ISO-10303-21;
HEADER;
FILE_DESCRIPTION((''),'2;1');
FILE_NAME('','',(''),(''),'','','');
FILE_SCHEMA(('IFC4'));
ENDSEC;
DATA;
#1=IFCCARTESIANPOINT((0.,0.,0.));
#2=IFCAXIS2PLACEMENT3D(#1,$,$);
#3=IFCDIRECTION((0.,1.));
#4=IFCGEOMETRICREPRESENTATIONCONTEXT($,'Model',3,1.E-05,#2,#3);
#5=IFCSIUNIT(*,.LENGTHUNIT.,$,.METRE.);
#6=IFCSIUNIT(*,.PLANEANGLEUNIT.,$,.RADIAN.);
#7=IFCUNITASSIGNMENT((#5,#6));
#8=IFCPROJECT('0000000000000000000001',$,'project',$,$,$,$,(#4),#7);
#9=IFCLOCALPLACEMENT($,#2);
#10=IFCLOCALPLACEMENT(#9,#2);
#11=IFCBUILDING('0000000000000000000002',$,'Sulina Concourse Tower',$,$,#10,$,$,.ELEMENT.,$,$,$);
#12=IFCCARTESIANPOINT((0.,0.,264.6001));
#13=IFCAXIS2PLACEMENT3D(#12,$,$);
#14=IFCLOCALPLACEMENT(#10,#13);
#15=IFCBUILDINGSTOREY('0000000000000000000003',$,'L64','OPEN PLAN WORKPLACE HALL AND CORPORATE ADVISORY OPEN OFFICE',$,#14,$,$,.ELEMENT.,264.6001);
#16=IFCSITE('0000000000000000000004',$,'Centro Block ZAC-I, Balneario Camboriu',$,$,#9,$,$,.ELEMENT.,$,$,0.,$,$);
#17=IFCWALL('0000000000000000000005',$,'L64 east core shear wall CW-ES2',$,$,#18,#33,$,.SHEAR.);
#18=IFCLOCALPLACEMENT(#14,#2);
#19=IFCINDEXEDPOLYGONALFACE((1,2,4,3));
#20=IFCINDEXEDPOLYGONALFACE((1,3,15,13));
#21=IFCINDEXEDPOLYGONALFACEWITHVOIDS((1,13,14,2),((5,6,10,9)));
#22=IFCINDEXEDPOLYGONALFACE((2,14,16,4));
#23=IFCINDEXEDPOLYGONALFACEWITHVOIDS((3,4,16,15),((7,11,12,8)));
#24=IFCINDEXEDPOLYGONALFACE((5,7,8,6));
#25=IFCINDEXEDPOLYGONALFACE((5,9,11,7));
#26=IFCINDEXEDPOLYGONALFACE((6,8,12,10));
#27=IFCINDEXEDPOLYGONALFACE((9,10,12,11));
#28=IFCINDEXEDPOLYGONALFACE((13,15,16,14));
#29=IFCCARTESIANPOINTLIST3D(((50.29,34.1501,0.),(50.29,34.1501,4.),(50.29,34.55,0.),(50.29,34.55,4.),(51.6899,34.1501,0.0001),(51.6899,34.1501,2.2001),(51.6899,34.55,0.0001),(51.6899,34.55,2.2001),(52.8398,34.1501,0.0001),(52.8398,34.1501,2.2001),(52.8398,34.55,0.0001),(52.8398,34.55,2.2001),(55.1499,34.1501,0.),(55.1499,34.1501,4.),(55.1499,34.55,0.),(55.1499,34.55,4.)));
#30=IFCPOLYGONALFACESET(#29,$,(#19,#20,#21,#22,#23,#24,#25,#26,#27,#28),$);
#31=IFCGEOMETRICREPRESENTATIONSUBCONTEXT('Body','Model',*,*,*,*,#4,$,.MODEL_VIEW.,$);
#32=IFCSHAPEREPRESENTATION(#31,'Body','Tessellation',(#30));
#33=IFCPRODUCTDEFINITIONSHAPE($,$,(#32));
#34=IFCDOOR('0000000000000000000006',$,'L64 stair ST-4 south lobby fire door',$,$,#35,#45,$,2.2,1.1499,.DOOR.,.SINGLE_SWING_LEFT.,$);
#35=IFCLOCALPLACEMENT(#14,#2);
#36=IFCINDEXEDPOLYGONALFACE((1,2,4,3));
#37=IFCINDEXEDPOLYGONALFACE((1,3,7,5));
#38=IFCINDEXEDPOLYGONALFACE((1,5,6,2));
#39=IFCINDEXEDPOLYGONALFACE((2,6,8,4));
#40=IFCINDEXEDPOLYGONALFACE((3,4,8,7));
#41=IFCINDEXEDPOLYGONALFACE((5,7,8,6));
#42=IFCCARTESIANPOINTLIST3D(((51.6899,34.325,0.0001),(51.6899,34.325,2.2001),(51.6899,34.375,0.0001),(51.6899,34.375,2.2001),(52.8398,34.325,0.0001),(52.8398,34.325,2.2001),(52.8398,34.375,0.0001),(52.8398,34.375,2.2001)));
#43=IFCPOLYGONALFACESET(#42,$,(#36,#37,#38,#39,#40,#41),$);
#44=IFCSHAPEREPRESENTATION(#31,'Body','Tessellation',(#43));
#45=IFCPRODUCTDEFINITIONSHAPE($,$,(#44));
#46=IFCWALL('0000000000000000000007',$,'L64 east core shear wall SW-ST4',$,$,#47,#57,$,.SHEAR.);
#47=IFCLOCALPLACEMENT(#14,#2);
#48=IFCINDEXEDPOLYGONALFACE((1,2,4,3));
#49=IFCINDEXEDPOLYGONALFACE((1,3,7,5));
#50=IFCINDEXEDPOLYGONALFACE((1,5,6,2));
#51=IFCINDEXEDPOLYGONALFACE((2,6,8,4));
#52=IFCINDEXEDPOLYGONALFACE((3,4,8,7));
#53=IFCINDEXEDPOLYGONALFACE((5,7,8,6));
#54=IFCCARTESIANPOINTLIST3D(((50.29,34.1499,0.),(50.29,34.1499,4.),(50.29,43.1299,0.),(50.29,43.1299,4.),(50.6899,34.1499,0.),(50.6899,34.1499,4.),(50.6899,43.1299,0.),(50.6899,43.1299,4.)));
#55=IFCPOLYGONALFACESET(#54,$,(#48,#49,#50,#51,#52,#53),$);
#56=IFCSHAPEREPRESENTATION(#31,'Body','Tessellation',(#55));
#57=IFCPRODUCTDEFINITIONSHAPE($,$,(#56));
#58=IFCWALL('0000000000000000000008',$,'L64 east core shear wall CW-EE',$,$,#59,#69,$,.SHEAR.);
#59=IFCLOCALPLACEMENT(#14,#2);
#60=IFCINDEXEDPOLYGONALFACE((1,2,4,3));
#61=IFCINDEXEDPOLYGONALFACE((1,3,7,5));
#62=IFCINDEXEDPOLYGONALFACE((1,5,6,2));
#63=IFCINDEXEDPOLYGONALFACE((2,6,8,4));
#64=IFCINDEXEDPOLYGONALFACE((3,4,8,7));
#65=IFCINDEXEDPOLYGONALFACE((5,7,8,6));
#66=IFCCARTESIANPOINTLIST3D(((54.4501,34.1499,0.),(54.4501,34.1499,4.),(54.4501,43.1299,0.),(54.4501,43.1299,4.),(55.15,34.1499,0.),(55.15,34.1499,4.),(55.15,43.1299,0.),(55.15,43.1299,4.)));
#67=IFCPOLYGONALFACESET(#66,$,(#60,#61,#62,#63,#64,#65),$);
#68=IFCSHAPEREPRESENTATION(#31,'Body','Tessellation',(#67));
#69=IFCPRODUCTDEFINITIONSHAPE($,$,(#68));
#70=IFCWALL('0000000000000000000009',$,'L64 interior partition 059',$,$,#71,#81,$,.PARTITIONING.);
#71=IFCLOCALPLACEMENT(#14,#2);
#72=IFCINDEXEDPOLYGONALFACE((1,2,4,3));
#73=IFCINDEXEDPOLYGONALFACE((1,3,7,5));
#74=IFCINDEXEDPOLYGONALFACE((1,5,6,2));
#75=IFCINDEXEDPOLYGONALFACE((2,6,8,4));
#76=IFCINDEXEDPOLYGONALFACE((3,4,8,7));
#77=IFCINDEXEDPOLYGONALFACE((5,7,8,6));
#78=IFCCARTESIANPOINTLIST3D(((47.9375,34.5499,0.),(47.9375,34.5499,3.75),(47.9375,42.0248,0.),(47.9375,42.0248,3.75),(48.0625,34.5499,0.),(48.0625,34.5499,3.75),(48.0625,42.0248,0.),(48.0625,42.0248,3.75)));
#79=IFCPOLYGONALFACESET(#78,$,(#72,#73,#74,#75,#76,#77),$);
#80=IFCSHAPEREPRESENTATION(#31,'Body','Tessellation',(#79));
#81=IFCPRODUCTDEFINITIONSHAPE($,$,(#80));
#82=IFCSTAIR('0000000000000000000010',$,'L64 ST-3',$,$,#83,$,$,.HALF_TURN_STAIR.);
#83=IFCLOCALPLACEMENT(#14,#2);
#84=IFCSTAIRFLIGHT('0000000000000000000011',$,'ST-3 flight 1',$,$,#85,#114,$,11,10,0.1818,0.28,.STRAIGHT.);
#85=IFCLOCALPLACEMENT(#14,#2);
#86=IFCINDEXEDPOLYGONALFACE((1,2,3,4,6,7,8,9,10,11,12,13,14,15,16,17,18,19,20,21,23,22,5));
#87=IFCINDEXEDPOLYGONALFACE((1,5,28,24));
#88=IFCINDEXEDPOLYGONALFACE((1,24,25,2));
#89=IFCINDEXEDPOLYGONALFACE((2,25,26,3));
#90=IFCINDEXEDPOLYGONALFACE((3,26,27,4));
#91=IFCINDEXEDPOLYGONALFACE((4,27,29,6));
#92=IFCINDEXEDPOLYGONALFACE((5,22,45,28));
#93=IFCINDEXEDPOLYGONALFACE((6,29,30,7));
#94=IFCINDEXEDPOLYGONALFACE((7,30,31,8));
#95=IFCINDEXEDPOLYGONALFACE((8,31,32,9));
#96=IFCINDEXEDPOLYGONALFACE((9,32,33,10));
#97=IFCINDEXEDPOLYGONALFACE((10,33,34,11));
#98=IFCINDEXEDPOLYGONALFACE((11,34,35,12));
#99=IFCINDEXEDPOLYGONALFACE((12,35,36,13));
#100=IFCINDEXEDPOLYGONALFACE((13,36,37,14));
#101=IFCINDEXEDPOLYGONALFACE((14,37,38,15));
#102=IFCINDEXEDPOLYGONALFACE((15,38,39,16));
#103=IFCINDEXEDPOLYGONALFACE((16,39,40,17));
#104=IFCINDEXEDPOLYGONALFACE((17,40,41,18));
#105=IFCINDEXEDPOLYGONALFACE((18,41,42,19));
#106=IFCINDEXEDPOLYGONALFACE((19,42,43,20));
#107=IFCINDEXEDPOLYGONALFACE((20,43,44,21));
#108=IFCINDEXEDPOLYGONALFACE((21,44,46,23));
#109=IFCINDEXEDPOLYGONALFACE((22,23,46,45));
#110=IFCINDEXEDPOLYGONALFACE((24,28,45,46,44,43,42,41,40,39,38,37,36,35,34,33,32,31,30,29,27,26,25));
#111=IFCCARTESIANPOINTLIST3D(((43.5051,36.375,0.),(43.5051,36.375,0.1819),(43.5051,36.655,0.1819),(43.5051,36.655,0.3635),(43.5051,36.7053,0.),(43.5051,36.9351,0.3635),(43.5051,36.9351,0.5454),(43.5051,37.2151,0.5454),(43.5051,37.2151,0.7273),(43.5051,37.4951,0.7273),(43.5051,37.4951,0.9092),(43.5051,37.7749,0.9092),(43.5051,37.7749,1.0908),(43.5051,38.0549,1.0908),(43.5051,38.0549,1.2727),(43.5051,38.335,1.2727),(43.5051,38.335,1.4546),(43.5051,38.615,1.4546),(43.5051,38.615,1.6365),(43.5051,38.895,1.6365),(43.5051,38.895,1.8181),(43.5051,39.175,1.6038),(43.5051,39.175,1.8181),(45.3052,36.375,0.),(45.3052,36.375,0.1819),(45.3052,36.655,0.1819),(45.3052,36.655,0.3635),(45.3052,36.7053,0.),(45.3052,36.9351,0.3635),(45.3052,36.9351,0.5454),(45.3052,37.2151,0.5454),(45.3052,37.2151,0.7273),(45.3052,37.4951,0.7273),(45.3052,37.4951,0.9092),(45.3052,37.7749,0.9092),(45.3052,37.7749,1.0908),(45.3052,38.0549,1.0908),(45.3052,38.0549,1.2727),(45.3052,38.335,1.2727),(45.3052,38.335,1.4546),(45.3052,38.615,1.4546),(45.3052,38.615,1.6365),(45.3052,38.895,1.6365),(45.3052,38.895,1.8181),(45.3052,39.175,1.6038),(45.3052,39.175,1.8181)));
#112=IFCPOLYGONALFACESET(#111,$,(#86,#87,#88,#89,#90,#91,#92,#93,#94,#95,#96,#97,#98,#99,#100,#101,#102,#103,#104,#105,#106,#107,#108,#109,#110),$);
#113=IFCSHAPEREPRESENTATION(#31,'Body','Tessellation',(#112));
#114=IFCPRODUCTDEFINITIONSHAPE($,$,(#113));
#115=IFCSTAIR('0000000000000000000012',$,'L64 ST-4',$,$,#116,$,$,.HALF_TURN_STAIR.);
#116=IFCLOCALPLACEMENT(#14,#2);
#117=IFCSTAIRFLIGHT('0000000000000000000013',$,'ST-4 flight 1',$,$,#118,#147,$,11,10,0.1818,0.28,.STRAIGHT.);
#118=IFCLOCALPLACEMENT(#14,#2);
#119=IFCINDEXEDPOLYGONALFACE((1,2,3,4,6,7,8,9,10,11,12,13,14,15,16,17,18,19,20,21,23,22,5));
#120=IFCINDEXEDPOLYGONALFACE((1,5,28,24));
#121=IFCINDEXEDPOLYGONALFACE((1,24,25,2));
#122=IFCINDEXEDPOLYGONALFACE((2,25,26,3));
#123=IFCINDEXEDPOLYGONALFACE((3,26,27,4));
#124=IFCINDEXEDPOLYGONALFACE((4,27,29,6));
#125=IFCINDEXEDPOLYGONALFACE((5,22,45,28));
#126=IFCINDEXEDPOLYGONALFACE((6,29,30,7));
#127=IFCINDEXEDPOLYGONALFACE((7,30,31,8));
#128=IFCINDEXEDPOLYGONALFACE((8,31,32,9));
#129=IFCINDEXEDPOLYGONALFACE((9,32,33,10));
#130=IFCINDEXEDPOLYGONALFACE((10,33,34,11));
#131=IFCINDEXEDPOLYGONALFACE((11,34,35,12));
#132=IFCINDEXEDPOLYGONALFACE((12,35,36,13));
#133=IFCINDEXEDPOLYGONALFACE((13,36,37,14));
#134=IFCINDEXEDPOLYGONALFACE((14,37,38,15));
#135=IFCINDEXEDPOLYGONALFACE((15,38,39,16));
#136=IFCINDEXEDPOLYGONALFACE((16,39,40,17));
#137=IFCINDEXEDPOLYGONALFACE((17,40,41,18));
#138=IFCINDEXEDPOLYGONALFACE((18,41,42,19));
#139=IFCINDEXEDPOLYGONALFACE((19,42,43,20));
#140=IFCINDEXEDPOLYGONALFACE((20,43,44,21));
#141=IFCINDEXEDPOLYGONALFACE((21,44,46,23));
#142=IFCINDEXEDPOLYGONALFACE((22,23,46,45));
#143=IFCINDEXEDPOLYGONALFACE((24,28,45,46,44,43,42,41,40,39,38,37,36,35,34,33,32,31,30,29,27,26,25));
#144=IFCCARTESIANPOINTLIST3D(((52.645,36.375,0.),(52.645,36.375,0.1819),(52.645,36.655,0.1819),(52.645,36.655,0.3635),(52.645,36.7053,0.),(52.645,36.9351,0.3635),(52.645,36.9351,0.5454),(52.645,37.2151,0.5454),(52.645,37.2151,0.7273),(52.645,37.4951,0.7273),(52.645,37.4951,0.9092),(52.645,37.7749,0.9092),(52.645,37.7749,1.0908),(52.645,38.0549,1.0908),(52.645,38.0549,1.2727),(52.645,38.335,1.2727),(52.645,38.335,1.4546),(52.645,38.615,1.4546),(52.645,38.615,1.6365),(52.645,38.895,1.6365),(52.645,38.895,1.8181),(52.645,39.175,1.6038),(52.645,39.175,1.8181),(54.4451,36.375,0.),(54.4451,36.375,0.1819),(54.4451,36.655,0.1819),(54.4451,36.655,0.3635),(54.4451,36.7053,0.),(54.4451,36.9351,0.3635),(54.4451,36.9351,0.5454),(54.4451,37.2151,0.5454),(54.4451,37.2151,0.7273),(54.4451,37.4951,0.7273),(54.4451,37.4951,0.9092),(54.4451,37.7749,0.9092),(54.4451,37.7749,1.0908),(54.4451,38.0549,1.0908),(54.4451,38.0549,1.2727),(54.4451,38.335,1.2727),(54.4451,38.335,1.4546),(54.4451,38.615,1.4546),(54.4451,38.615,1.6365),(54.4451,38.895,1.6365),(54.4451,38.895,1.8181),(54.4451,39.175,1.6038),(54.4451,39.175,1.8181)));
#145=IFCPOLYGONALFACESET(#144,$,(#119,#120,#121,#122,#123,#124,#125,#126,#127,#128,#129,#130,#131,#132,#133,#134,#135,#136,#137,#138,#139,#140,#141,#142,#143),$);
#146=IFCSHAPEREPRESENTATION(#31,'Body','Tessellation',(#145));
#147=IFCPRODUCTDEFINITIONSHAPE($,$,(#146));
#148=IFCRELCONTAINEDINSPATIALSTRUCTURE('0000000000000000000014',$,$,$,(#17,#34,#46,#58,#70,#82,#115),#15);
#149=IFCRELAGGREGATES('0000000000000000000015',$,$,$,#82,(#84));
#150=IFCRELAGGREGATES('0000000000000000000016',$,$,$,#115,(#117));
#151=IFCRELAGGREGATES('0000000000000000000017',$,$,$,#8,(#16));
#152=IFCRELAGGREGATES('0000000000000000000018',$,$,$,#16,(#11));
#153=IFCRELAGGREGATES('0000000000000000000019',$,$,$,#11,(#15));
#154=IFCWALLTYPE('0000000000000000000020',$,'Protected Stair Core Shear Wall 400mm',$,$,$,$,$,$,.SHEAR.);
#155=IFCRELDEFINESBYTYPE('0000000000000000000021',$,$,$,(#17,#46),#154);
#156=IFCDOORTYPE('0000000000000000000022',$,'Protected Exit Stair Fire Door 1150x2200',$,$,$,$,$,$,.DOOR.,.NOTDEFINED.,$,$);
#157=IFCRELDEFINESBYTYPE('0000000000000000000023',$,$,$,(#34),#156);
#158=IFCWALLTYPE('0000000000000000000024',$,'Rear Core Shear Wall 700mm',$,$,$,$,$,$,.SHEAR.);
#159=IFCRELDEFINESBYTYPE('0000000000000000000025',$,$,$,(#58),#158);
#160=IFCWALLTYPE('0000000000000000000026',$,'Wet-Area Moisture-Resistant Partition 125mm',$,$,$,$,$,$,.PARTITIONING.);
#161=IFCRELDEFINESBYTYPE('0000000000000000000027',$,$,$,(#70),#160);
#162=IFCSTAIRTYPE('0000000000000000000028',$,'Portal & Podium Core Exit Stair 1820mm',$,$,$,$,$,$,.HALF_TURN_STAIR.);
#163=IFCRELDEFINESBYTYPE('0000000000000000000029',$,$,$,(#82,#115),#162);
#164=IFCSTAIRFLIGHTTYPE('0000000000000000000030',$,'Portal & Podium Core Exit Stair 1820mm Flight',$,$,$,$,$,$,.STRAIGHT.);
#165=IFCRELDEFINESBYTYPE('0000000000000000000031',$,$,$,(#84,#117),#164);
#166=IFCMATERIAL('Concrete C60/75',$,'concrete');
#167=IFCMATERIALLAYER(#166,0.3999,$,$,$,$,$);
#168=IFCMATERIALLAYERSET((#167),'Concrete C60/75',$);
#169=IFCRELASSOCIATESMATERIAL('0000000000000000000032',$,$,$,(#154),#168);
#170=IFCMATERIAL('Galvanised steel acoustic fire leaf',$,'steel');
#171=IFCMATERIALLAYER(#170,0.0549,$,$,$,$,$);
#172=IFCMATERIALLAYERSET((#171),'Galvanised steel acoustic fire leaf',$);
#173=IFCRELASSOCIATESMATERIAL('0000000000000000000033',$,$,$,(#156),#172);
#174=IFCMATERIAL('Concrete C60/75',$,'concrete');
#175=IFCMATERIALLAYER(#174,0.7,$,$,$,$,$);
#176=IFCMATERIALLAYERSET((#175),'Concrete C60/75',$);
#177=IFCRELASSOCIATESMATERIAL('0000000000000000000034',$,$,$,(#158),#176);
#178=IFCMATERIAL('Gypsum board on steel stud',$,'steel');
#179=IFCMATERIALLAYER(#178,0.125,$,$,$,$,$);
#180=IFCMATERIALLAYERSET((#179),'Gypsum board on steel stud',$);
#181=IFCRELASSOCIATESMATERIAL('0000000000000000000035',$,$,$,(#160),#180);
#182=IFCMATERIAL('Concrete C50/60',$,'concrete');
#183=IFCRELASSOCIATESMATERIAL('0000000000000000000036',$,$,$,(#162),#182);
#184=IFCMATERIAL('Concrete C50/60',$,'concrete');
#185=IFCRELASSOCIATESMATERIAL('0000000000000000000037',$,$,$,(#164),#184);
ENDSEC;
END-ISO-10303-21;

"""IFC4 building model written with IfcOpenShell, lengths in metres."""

from ifc_helpers import new_model, si_unit, direction, frame, frame_2d, origin, place, context, subcontext, project, spatial, polyline, rectangle, outline, extrude, material, layer, layer_set, type_object, element, fill, aggregate, save


model = new_model("IFC4")

# Units and contexts
model_context = context("Model", 3, precision=1e-05, world=origin(), true_north=direction((0.0, 1.0)))
body_context = subcontext(model_context, "Body", "Model", "MODEL_VIEW")
ifc_project = project(units=[si_unit("LENGTHUNIT", "METRE"), si_unit("PLANEANGLEUNIT", "RADIAN")], contexts=[model_context])

# Site, building, storey
site_placement = place(None, origin())
site = spatial("IfcSite", under=ifc_project, at=site_placement, Name="Centro Block ZAC-I, Balneario Camboriu", CompositionType="ELEMENT", RefElevation=0.0)
building_placement = place(site_placement, origin())
building = spatial("IfcBuilding", under=site, at=building_placement, Name="Sulina Concourse Tower", CompositionType="ELEMENT")
storey_placement = place(building_placement, frame((0.0, 0.0, 264.6001)))
storey = spatial("IfcBuildingStorey", under=building, at=storey_placement, Name="L64", Description="OPEN PLAN WORKPLACE HALL AND CORPORATE ADVISORY OPEN OFFICE", CompositionType="ELEMENT", Elevation=264.6001)

# Shared definitions
ifc_material_1 = material(Name="Concrete C60/75", Category="concrete")
ifc_layer_1 = layer(ifc_material_1, 0.3999)
ifc_layer_set_1 = layer_set([ifc_layer_1], Name="Concrete C60/75")
wall_type_1 = type_object("IfcWallType", Name="Protected Stair Core Shear Wall 400mm", PredefinedType="SHEAR", material=ifc_layer_set_1)

# Wall, opening, door
wall_1_placement = place(storey_placement, frame((50.29, 34.3501, 0.0), z_axis=(0.0, 0.0, 1.0), x_axis=(1.0, 0.0, 0.0)))
wall_1 = element("IfcWall", 1, at=wall_1_placement, inside=storey, type_object=wall_type_1, Name="L64 east core shear wall CW-ES2", PredefinedType="SHEAR", context=body_context, shape_type="SweptSolid", body=[
    extrude(rectangle(XDim=4.8599, YDim=0.3999, at=frame_2d((2.4299, 0.0))), origin(), (0.0, 0.0, 1.0), 4.0),
])
opening_1_placement = place(wall_1_placement, frame((1.3999, 0.0, 0.0)))
opening_1 = element("IfcOpeningElement", 2, at=opening_1_placement, cuts=wall_1, PredefinedType="OPENING", context=body_context, shape_type="SweptSolid", body=[
    extrude(rectangle(XDim=1.1499, YDim=2.2, at=frame_2d((0.575, 1.1001))), frame((0.0, 0.21, 0.0), z_axis=(0.0, -1.0, 0.0), x_axis=(1.0, 0.0, 0.0)), (0.0, 0.0, 1.0), 0.4199),
])
ifc_material_2 = material(Name="Galvanised steel acoustic fire leaf", Category="steel")
ifc_layer_2 = layer(ifc_material_2, 0.0549)
ifc_layer_set_2 = layer_set([ifc_layer_2], Name="Galvanised steel acoustic fire leaf")
door_type_1 = type_object("IfcDoorType", Name="Protected Exit Stair Fire Door 1150x2200", OperationType="NOTDEFINED", PredefinedType="DOOR", material=ifc_layer_set_2)
door_1_placement = place(opening_1_placement, origin())
door_1 = element("IfcDoor", 3, at=door_1_placement, inside=storey, type_object=door_type_1, Name="L64 stair ST-4 south lobby fire door", OperationType="SINGLE_SWING_LEFT", OverallHeight=2.2, OverallWidth=1.1499, PredefinedType="DOOR", context=body_context, shape_type="SweptSolid", body=[
    extrude(rectangle(XDim=1.1499, YDim=2.2, at=frame_2d((0.575, 1.1001))), frame((0.0, 0.0249, 0.0), z_axis=(0.0, -1.0, 0.0), x_axis=(1.0, 0.0, 0.0)), (0.0, 0.0, 1.0), 0.05),
])
fill(opening_1, door_1)

# Walls
wall_2_placement = place(storey_placement, frame((50.49, 34.1499, 0.0), z_axis=(0.0, 0.0, 1.0), x_axis=(0.0, 1.0, 0.0)))
element("IfcWall", 4, at=wall_2_placement, inside=storey, type_object=wall_type_1, Name="L64 east core shear wall SW-ST4", PredefinedType="SHEAR", context=body_context, shape_type="SweptSolid", body=[
    extrude(rectangle(XDim=8.98, YDim=0.3999, at=frame_2d((4.49, 0.0))), origin(), (0.0, 0.0, 1.0), 4.0),
])
ifc_material_3 = material(Name="Concrete C60/75", Category="concrete")
ifc_layer_3 = layer(ifc_material_3, 0.7)
ifc_layer_set_3 = layer_set([ifc_layer_3], Name="Concrete C60/75")
wall_type_2 = type_object("IfcWallType", Name="Rear Core Shear Wall 700mm", PredefinedType="SHEAR", material=ifc_layer_set_3)
wall_3_placement = place(storey_placement, frame((54.8, 34.1499, 0.0), z_axis=(0.0, 0.0, 1.0), x_axis=(0.0, 1.0, 0.0)))
element("IfcWall", 5, at=wall_3_placement, inside=storey, type_object=wall_type_2, Name="L64 east core shear wall CW-EE", PredefinedType="SHEAR", context=body_context, shape_type="SweptSolid", body=[
    extrude(rectangle(XDim=8.98, YDim=0.7, at=frame_2d((4.49, 0.0))), origin(), (0.0, 0.0, 1.0), 4.0),
])
ifc_material_4 = material(Name="Gypsum board on steel stud", Category="steel")
ifc_layer_4 = layer(ifc_material_4, 0.125)
ifc_layer_set_4 = layer_set([ifc_layer_4], Name="Gypsum board on steel stud")
wall_type_3 = type_object("IfcWallType", Name="Wet-Area Moisture-Resistant Partition 125mm", PredefinedType="PARTITIONING", material=ifc_layer_set_4)
wall_4_placement = place(storey_placement, frame((48.0, 34.55, 0.0), z_axis=(0.0, 0.0, 1.0), x_axis=(0.0, 1.0, 0.0)))
element("IfcWall", 6, at=wall_4_placement, inside=storey, type_object=wall_type_3, Name="L64 interior partition 059", PredefinedType="PARTITIONING", context=body_context, shape_type="SweptSolid", body=[
    extrude(rectangle(XDim=7.4749, YDim=0.125, at=frame_2d((3.7373, 0.0))), origin(), (0.0, 0.0, 1.0), 3.75),
])

# Stairs, stair flights
ifc_material_5 = material(Name="Concrete C50/60", Category="concrete")
stair_type = type_object("IfcStairType", Name="Portal & Podium Core Exit Stair 1820mm", PredefinedType="HALF_TURN_STAIR", material=ifc_material_5)
stair_1_placement = place(storey_placement, origin())
stair_1 = element("IfcStair", 7, at=stair_1_placement, inside=storey, type_object=stair_type, Name="L64 ST-3", PredefinedType="HALF_TURN_STAIR")
ifc_material_6 = material(Name="Concrete C50/60", Category="concrete")
stair_flight_type = type_object("IfcStairFlightType", Name="Portal & Podium Core Exit Stair 1820mm Flight", PredefinedType="STRAIGHT", material=ifc_material_6)
stair_flight_1_placement = place(storey_placement, frame((44.405, 36.375, 0.0), z_axis=(0.0, 0.0, 1.0), x_axis=(0.0, 1.0, 0.0)))
stair_flight_1 = element("IfcStairFlight", 8, at=stair_flight_1_placement, type_object=stair_flight_type, Name="ST-3 flight 1", NumberOfRisers=11, NumberOfTreads=10, PredefinedType="STRAIGHT", RiserHeight=0.1818, TreadLength=0.28, context=body_context, shape_type="SweptSolid", body=[
    extrude(outline(polyline([(0.0, 0.0), (0.0, 0.1819), (0.28, 0.1819), (0.28, 0.3635), (0.5601, 0.3635), (0.5601, 0.5454), (0.8401, 0.5454), (0.8401, 0.7273), (1.1201, 0.7273), (1.1201, 0.9092), (1.3999, 0.9092), (1.3999, 1.0908), (1.6799, 1.0908), (1.6799, 1.2727), (1.96, 1.2727), (1.96, 1.4546), (2.24, 1.4546), (2.24, 1.6365), (2.52, 1.6365), (2.52, 1.8181), (2.8, 1.8181), (2.8, 2.0), (2.8, 1.6038), (0.3303, 0.0), (0.0, 0.0)])), frame((0.0, 0.8999, 0.0), z_axis=(0.0, -1.0, 0.0), x_axis=(1.0, 0.0, 0.0)), (0.0, 0.0, 1.0), 1.8),
])
aggregate(stair_1, [stair_flight_1])
stair_2_placement = place(storey_placement, origin())
stair_2 = element("IfcStair", 9, at=stair_2_placement, inside=storey, type_object=stair_type, Name="L64 ST-4", PredefinedType="HALF_TURN_STAIR")
stair_flight_2_placement = place(storey_placement, frame((53.5449, 36.375, 0.0), z_axis=(0.0, 0.0, 1.0), x_axis=(0.0, 1.0, 0.0)))
stair_flight_2 = element("IfcStairFlight", 10, at=stair_flight_2_placement, type_object=stair_flight_type, Name="ST-4 flight 1", NumberOfRisers=11, NumberOfTreads=10, PredefinedType="STRAIGHT", RiserHeight=0.1818, TreadLength=0.28, context=body_context, shape_type="SweptSolid", body=[
    extrude(outline(polyline([(0.0, 0.0), (0.0, 0.1819), (0.28, 0.1819), (0.28, 0.3635), (0.5601, 0.3635), (0.5601, 0.5454), (0.8401, 0.5454), (0.8401, 0.7273), (1.1201, 0.7273), (1.1201, 0.9092), (1.3999, 0.9092), (1.3999, 1.0908), (1.6799, 1.0908), (1.6799, 1.2727), (1.96, 1.2727), (1.96, 1.4546), (2.24, 1.4546), (2.24, 1.6365), (2.52, 1.6365), (2.52, 1.8181), (2.8, 1.8181), (2.8, 2.0), (2.8, 1.6038), (0.3303, 0.0), (0.0, 0.0)])), frame((0.0, 0.8999, 0.0), z_axis=(0.0, -1.0, 0.0), x_axis=(1.0, 0.0, 0.0)), (0.0, 0.0, 1.0), 1.8),
])
aggregate(stair_2, [stair_flight_2])

save(model, "model.ifc")
